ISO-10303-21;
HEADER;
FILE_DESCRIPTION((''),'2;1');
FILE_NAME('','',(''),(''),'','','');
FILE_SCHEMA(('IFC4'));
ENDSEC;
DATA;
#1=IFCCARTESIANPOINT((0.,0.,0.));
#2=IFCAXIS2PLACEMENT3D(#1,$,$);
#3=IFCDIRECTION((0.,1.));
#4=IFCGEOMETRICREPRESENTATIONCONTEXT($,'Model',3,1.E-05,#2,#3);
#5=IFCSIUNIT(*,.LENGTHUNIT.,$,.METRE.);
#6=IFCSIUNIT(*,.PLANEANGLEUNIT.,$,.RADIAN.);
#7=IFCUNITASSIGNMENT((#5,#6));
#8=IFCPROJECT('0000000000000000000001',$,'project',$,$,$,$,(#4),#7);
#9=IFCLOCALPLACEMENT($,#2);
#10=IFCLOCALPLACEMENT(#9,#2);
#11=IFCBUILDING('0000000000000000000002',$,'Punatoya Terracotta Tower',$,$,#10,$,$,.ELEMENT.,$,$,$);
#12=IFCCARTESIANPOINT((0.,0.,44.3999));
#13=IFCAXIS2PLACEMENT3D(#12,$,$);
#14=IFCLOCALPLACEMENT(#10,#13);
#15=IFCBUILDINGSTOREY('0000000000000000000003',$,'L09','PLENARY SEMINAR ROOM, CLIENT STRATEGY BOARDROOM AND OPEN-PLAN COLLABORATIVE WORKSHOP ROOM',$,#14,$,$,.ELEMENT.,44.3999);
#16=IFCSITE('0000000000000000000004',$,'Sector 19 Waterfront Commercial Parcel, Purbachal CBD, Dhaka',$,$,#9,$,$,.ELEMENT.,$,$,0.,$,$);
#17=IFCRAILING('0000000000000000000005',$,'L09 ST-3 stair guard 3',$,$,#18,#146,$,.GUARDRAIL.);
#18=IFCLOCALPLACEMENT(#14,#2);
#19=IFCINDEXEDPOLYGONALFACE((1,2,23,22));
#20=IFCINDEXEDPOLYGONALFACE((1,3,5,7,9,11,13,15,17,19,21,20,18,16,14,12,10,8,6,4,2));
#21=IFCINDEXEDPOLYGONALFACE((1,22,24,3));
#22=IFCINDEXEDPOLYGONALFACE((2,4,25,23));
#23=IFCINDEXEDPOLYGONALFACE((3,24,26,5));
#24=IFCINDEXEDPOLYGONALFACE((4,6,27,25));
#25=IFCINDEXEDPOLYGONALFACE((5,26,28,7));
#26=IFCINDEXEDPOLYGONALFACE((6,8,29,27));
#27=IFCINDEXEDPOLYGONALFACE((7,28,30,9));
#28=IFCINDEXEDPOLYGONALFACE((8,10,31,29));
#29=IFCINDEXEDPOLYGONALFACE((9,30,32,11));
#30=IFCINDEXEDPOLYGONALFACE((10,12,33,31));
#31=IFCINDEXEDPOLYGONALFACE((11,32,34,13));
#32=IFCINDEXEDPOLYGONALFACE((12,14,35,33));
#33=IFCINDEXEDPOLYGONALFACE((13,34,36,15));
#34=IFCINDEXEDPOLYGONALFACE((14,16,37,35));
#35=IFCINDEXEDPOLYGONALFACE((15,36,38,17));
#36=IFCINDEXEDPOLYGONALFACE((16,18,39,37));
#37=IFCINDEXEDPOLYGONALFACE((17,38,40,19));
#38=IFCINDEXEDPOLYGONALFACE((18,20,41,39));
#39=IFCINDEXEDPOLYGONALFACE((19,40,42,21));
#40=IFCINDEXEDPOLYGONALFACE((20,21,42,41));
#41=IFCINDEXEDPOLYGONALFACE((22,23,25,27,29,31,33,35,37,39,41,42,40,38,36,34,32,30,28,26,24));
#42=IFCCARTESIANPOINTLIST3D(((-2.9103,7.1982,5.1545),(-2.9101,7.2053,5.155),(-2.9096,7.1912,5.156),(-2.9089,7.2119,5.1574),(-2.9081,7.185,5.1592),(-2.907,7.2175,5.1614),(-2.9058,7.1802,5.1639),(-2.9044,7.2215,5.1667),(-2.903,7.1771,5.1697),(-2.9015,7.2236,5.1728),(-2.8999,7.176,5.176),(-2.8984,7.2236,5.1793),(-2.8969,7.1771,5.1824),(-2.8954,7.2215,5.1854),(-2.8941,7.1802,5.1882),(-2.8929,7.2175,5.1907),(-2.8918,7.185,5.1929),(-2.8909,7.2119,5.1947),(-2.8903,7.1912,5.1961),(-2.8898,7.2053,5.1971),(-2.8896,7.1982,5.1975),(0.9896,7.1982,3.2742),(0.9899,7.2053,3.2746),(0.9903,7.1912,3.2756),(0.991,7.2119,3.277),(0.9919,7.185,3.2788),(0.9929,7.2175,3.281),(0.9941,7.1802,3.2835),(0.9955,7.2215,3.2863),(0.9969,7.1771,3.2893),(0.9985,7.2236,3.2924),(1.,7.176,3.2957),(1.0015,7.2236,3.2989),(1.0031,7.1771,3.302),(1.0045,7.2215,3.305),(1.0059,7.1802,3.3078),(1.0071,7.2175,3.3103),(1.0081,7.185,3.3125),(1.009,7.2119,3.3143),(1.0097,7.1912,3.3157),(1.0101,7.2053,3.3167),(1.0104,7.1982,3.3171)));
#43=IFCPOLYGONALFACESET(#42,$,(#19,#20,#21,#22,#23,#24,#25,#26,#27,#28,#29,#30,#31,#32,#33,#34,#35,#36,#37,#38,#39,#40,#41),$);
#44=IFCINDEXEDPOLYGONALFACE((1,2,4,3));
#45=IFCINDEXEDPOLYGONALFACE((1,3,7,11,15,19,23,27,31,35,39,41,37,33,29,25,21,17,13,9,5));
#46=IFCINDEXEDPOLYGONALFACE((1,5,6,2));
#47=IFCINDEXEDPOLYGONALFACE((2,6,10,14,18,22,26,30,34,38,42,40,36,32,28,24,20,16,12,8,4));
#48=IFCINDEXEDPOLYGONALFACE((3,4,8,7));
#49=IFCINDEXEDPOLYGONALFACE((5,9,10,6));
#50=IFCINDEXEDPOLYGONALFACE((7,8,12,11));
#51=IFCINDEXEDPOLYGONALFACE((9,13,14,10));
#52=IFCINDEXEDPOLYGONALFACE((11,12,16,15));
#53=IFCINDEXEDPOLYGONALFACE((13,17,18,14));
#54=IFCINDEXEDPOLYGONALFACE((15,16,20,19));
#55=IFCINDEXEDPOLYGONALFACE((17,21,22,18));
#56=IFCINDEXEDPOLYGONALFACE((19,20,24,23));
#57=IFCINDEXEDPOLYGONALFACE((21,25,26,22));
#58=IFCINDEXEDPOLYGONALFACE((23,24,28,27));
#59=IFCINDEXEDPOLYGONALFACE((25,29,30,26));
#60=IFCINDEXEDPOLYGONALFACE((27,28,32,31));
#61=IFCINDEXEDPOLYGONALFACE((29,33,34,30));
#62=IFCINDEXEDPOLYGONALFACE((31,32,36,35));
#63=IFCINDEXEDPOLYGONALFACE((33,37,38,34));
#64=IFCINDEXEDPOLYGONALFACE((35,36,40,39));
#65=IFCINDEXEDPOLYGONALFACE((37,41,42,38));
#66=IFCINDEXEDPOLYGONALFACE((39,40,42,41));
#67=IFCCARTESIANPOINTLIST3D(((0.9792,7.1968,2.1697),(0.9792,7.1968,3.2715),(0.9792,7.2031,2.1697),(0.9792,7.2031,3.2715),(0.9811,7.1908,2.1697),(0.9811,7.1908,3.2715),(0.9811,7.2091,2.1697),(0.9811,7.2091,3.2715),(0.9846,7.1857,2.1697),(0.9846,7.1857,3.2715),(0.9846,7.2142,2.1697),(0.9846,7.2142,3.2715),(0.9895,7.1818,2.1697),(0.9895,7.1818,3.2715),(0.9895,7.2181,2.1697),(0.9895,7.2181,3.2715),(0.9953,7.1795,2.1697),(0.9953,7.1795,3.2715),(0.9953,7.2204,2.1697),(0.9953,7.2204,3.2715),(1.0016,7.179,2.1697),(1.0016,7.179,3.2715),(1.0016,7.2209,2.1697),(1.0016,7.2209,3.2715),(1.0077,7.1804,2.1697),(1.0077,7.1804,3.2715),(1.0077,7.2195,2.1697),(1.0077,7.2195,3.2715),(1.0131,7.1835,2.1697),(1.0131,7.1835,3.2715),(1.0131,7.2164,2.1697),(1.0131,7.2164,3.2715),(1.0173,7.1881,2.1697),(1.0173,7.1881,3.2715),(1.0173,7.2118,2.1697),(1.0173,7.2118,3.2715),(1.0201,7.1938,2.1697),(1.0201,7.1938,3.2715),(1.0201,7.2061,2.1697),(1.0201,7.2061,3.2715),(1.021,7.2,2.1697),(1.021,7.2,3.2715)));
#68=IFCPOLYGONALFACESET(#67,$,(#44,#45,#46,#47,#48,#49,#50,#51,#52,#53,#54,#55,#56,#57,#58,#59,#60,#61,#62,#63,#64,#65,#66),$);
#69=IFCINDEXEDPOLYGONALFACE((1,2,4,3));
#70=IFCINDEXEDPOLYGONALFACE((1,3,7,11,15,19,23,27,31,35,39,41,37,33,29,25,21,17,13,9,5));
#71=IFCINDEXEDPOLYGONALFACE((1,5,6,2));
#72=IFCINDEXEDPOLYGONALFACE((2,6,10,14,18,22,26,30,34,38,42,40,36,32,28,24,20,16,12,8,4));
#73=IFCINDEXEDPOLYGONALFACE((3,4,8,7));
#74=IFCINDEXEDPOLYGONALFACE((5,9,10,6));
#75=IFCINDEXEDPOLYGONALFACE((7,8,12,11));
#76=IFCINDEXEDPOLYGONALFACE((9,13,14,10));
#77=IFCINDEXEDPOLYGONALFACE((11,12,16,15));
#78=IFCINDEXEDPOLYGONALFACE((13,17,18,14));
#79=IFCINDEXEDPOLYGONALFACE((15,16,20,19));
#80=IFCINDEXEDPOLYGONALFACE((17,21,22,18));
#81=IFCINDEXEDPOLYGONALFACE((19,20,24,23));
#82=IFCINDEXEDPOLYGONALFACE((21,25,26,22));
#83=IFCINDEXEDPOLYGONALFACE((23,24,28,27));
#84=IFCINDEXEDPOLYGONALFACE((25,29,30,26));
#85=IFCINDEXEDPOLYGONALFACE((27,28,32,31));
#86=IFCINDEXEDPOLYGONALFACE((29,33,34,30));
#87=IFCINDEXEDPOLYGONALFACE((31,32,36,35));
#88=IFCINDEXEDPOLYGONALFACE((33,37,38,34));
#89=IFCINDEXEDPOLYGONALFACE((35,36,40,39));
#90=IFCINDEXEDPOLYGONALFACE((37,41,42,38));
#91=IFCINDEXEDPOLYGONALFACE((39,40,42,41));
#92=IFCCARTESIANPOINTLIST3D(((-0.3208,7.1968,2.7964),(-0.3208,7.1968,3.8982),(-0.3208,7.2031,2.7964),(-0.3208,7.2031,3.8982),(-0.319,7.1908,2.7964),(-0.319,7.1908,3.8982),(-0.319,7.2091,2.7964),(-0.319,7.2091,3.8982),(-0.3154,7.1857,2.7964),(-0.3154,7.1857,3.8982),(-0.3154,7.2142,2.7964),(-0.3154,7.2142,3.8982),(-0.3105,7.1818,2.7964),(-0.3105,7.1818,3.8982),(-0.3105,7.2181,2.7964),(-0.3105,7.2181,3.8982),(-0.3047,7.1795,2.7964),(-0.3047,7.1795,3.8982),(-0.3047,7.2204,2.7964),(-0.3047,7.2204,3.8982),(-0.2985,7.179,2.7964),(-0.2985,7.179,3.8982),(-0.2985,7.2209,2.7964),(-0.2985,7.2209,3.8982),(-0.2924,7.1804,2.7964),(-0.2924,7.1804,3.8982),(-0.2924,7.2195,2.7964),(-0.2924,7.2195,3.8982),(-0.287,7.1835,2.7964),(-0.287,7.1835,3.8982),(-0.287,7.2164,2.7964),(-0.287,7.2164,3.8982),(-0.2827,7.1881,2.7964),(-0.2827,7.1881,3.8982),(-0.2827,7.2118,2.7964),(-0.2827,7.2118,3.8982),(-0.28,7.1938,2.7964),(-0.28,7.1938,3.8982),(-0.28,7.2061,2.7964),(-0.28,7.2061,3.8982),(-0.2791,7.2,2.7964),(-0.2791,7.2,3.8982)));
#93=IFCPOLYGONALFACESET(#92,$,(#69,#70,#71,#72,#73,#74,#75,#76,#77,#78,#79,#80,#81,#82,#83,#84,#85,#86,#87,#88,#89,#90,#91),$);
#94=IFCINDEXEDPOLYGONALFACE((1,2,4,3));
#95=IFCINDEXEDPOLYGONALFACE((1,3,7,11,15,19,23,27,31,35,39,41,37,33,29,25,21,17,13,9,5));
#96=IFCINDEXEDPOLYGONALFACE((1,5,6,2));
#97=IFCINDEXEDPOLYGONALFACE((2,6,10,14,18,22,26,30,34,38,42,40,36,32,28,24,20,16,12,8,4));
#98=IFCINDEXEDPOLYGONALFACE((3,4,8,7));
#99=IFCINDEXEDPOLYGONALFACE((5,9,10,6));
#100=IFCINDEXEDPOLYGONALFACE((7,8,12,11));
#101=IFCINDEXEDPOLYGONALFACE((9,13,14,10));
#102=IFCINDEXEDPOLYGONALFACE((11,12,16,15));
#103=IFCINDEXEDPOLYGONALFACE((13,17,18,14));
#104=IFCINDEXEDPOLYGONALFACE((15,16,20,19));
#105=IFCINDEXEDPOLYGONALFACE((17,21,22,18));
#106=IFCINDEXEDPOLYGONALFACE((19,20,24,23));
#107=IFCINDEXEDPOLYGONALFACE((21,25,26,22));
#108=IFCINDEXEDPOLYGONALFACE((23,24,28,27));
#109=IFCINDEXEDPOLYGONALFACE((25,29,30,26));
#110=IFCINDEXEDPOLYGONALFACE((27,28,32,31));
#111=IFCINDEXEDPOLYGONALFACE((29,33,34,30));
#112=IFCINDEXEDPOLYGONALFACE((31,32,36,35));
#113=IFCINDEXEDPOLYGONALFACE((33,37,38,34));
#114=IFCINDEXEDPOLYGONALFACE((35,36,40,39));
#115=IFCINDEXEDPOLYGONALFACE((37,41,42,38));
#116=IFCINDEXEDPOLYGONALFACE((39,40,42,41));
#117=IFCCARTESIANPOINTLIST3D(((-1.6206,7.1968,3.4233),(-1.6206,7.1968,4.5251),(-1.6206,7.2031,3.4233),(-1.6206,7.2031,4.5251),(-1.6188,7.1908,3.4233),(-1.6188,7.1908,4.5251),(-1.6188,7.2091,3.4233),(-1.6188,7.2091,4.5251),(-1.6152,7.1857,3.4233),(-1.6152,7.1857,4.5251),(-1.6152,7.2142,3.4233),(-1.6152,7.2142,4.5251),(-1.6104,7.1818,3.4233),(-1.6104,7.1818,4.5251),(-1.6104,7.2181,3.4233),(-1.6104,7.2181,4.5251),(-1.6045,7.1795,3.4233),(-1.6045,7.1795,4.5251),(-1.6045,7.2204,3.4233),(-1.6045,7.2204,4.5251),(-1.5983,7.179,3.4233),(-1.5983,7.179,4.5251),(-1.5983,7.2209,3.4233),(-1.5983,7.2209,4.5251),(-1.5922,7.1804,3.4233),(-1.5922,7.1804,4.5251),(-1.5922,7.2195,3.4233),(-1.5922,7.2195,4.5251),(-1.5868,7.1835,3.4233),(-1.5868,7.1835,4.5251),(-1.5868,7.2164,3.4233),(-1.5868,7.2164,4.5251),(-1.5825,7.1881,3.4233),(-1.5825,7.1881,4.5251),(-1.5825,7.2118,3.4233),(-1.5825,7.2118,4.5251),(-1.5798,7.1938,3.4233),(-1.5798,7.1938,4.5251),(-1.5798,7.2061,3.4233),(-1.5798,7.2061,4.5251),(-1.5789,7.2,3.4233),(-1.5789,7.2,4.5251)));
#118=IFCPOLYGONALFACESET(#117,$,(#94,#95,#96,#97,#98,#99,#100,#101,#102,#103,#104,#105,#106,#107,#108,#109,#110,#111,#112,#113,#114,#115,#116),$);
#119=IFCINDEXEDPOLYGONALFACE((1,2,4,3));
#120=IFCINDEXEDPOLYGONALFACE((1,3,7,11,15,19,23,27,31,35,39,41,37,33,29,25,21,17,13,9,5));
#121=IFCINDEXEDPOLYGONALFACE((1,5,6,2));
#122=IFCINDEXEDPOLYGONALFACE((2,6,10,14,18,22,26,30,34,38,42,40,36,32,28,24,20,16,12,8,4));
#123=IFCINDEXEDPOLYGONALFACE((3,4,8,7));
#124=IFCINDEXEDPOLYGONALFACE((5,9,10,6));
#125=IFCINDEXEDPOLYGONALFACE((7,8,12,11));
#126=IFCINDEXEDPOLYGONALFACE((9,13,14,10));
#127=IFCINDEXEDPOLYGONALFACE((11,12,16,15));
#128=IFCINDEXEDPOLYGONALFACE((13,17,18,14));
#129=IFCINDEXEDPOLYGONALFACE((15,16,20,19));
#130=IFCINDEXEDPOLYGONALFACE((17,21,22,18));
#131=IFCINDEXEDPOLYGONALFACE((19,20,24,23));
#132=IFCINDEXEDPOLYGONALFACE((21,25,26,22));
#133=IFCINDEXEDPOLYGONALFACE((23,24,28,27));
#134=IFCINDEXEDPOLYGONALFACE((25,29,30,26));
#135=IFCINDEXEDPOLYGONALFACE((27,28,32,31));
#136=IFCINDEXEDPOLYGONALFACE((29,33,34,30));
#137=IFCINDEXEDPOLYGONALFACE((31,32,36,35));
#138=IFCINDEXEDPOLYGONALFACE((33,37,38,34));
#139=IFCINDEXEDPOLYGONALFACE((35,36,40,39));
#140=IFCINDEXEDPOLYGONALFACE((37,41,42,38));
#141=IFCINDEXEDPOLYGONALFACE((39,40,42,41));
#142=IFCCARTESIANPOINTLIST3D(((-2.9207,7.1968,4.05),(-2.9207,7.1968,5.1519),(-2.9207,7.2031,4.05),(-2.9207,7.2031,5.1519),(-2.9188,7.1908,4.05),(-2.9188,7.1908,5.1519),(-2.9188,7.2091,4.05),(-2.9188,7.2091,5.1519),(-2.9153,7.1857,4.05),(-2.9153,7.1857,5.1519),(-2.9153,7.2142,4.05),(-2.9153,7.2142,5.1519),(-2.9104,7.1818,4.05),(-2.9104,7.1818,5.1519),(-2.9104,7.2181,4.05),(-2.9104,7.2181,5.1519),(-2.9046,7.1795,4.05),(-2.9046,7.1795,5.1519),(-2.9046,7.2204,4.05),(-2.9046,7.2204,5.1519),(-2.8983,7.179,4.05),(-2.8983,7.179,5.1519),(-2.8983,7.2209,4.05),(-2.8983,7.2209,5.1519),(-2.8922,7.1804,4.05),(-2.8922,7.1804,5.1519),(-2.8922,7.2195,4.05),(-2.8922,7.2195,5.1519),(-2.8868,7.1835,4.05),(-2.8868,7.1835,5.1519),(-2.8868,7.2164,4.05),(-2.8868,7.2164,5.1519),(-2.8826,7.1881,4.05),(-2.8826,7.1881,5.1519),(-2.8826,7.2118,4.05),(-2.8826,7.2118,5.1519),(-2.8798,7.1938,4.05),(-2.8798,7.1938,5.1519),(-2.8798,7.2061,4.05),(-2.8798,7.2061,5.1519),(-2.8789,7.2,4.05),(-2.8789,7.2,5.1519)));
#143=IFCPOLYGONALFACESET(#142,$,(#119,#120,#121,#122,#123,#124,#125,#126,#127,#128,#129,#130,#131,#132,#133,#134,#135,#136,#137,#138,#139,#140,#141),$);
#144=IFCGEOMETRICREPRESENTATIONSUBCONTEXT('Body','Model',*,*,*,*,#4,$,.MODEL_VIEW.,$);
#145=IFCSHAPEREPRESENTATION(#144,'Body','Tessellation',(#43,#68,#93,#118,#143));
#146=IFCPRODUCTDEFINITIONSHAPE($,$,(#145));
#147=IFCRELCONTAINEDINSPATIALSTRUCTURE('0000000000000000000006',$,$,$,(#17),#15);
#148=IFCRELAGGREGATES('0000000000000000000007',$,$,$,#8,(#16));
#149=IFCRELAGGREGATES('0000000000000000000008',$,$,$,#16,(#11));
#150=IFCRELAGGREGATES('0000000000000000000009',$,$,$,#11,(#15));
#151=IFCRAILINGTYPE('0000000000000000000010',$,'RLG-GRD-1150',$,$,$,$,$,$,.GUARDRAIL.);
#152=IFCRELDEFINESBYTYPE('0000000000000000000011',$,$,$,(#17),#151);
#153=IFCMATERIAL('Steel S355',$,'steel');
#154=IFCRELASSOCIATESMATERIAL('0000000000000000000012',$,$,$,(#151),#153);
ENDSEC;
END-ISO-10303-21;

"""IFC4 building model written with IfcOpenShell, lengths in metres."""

from ifc_helpers import new_model, si_unit, direction, frame, origin, origin_2d, place, context, subcontext, project, spatial, circle, extrude, material, type_object, element, save


model = new_model("IFC4")

# Units and contexts
model_context = context("Model", 3, precision=1e-05, world=origin(), true_north=direction((0.0, 1.0)))
body_context = subcontext(model_context, "Body", "Model", "MODEL_VIEW")
ifc_project = project(units=[si_unit("LENGTHUNIT", "METRE"), si_unit("PLANEANGLEUNIT", "RADIAN")], contexts=[model_context])

# Site, building, storey
site_placement = place(None, origin())
site = spatial("IfcSite", under=ifc_project, at=site_placement, Name="Sector 19 Waterfront Commercial Parcel, Purbachal CBD, Dhaka", CompositionType="ELEMENT", RefElevation=0.0)
building_placement = place(site_placement, origin())
building = spatial("IfcBuilding", under=site, at=building_placement, Name="Punatoya Terracotta Tower", CompositionType="ELEMENT")
storey_placement = place(building_placement, frame((0.0, 0.0, 44.3999)))
storey = spatial("IfcBuildingStorey", under=building, at=storey_placement, Name="L09", Description="PLENARY SEMINAR ROOM, CLIENT STRATEGY BOARDROOM AND OPEN-PLAN COLLABORATIVE WORKSHOP ROOM", CompositionType="ELEMENT", Elevation=44.3999)

# Shared definitions
ifc_material_1 = material(Name="Steel S355", Category="steel")

# Railing
railing_type_1 = type_object("IfcRailingType", Name="RLG-GRD-1150", PredefinedType="GUARDRAIL", material=ifc_material_1)
railing_1_placement = place(storey_placement, frame((1.0, 7.2, 2.1697)))
element("IfcRailing", 1, at=railing_1_placement, inside=storey, type_object=railing_type_1, Name="L09 ST-3 stair guard 3", PredefinedType="GUARDRAIL", context=body_context, shape_type="SweptSolid", body=[
    extrude(circle(Radius=0.0239, at=origin_2d()), frame((0.0, 0.0, 1.126), z_axis=(-0.900763, 0.0, 0.434311), x_axis=(0.0, -1.0, 0.0)), (0.0, 0.0, 1.0), 4.3296),
    extrude(circle(Radius=0.021, at=origin_2d()), origin(), (0.0, 0.0, 1.0), 1.1018),
    extrude(circle(Radius=0.021, at=origin_2d()), frame((-1.3, 0.0, 0.6267)), (0.0, 0.0, 1.0), 1.1018),
    extrude(circle(Radius=0.021, at=origin_2d()), frame((-2.5999, 0.0, 1.2537)), (0.0, 0.0, 1.0), 1.1018),
    extrude(circle(Radius=0.021, at=origin_2d()), frame((-3.8999, 0.0, 1.8804)), (0.0, 0.0, 1.0), 1.1018),
])

save(model, "model.ifc")
